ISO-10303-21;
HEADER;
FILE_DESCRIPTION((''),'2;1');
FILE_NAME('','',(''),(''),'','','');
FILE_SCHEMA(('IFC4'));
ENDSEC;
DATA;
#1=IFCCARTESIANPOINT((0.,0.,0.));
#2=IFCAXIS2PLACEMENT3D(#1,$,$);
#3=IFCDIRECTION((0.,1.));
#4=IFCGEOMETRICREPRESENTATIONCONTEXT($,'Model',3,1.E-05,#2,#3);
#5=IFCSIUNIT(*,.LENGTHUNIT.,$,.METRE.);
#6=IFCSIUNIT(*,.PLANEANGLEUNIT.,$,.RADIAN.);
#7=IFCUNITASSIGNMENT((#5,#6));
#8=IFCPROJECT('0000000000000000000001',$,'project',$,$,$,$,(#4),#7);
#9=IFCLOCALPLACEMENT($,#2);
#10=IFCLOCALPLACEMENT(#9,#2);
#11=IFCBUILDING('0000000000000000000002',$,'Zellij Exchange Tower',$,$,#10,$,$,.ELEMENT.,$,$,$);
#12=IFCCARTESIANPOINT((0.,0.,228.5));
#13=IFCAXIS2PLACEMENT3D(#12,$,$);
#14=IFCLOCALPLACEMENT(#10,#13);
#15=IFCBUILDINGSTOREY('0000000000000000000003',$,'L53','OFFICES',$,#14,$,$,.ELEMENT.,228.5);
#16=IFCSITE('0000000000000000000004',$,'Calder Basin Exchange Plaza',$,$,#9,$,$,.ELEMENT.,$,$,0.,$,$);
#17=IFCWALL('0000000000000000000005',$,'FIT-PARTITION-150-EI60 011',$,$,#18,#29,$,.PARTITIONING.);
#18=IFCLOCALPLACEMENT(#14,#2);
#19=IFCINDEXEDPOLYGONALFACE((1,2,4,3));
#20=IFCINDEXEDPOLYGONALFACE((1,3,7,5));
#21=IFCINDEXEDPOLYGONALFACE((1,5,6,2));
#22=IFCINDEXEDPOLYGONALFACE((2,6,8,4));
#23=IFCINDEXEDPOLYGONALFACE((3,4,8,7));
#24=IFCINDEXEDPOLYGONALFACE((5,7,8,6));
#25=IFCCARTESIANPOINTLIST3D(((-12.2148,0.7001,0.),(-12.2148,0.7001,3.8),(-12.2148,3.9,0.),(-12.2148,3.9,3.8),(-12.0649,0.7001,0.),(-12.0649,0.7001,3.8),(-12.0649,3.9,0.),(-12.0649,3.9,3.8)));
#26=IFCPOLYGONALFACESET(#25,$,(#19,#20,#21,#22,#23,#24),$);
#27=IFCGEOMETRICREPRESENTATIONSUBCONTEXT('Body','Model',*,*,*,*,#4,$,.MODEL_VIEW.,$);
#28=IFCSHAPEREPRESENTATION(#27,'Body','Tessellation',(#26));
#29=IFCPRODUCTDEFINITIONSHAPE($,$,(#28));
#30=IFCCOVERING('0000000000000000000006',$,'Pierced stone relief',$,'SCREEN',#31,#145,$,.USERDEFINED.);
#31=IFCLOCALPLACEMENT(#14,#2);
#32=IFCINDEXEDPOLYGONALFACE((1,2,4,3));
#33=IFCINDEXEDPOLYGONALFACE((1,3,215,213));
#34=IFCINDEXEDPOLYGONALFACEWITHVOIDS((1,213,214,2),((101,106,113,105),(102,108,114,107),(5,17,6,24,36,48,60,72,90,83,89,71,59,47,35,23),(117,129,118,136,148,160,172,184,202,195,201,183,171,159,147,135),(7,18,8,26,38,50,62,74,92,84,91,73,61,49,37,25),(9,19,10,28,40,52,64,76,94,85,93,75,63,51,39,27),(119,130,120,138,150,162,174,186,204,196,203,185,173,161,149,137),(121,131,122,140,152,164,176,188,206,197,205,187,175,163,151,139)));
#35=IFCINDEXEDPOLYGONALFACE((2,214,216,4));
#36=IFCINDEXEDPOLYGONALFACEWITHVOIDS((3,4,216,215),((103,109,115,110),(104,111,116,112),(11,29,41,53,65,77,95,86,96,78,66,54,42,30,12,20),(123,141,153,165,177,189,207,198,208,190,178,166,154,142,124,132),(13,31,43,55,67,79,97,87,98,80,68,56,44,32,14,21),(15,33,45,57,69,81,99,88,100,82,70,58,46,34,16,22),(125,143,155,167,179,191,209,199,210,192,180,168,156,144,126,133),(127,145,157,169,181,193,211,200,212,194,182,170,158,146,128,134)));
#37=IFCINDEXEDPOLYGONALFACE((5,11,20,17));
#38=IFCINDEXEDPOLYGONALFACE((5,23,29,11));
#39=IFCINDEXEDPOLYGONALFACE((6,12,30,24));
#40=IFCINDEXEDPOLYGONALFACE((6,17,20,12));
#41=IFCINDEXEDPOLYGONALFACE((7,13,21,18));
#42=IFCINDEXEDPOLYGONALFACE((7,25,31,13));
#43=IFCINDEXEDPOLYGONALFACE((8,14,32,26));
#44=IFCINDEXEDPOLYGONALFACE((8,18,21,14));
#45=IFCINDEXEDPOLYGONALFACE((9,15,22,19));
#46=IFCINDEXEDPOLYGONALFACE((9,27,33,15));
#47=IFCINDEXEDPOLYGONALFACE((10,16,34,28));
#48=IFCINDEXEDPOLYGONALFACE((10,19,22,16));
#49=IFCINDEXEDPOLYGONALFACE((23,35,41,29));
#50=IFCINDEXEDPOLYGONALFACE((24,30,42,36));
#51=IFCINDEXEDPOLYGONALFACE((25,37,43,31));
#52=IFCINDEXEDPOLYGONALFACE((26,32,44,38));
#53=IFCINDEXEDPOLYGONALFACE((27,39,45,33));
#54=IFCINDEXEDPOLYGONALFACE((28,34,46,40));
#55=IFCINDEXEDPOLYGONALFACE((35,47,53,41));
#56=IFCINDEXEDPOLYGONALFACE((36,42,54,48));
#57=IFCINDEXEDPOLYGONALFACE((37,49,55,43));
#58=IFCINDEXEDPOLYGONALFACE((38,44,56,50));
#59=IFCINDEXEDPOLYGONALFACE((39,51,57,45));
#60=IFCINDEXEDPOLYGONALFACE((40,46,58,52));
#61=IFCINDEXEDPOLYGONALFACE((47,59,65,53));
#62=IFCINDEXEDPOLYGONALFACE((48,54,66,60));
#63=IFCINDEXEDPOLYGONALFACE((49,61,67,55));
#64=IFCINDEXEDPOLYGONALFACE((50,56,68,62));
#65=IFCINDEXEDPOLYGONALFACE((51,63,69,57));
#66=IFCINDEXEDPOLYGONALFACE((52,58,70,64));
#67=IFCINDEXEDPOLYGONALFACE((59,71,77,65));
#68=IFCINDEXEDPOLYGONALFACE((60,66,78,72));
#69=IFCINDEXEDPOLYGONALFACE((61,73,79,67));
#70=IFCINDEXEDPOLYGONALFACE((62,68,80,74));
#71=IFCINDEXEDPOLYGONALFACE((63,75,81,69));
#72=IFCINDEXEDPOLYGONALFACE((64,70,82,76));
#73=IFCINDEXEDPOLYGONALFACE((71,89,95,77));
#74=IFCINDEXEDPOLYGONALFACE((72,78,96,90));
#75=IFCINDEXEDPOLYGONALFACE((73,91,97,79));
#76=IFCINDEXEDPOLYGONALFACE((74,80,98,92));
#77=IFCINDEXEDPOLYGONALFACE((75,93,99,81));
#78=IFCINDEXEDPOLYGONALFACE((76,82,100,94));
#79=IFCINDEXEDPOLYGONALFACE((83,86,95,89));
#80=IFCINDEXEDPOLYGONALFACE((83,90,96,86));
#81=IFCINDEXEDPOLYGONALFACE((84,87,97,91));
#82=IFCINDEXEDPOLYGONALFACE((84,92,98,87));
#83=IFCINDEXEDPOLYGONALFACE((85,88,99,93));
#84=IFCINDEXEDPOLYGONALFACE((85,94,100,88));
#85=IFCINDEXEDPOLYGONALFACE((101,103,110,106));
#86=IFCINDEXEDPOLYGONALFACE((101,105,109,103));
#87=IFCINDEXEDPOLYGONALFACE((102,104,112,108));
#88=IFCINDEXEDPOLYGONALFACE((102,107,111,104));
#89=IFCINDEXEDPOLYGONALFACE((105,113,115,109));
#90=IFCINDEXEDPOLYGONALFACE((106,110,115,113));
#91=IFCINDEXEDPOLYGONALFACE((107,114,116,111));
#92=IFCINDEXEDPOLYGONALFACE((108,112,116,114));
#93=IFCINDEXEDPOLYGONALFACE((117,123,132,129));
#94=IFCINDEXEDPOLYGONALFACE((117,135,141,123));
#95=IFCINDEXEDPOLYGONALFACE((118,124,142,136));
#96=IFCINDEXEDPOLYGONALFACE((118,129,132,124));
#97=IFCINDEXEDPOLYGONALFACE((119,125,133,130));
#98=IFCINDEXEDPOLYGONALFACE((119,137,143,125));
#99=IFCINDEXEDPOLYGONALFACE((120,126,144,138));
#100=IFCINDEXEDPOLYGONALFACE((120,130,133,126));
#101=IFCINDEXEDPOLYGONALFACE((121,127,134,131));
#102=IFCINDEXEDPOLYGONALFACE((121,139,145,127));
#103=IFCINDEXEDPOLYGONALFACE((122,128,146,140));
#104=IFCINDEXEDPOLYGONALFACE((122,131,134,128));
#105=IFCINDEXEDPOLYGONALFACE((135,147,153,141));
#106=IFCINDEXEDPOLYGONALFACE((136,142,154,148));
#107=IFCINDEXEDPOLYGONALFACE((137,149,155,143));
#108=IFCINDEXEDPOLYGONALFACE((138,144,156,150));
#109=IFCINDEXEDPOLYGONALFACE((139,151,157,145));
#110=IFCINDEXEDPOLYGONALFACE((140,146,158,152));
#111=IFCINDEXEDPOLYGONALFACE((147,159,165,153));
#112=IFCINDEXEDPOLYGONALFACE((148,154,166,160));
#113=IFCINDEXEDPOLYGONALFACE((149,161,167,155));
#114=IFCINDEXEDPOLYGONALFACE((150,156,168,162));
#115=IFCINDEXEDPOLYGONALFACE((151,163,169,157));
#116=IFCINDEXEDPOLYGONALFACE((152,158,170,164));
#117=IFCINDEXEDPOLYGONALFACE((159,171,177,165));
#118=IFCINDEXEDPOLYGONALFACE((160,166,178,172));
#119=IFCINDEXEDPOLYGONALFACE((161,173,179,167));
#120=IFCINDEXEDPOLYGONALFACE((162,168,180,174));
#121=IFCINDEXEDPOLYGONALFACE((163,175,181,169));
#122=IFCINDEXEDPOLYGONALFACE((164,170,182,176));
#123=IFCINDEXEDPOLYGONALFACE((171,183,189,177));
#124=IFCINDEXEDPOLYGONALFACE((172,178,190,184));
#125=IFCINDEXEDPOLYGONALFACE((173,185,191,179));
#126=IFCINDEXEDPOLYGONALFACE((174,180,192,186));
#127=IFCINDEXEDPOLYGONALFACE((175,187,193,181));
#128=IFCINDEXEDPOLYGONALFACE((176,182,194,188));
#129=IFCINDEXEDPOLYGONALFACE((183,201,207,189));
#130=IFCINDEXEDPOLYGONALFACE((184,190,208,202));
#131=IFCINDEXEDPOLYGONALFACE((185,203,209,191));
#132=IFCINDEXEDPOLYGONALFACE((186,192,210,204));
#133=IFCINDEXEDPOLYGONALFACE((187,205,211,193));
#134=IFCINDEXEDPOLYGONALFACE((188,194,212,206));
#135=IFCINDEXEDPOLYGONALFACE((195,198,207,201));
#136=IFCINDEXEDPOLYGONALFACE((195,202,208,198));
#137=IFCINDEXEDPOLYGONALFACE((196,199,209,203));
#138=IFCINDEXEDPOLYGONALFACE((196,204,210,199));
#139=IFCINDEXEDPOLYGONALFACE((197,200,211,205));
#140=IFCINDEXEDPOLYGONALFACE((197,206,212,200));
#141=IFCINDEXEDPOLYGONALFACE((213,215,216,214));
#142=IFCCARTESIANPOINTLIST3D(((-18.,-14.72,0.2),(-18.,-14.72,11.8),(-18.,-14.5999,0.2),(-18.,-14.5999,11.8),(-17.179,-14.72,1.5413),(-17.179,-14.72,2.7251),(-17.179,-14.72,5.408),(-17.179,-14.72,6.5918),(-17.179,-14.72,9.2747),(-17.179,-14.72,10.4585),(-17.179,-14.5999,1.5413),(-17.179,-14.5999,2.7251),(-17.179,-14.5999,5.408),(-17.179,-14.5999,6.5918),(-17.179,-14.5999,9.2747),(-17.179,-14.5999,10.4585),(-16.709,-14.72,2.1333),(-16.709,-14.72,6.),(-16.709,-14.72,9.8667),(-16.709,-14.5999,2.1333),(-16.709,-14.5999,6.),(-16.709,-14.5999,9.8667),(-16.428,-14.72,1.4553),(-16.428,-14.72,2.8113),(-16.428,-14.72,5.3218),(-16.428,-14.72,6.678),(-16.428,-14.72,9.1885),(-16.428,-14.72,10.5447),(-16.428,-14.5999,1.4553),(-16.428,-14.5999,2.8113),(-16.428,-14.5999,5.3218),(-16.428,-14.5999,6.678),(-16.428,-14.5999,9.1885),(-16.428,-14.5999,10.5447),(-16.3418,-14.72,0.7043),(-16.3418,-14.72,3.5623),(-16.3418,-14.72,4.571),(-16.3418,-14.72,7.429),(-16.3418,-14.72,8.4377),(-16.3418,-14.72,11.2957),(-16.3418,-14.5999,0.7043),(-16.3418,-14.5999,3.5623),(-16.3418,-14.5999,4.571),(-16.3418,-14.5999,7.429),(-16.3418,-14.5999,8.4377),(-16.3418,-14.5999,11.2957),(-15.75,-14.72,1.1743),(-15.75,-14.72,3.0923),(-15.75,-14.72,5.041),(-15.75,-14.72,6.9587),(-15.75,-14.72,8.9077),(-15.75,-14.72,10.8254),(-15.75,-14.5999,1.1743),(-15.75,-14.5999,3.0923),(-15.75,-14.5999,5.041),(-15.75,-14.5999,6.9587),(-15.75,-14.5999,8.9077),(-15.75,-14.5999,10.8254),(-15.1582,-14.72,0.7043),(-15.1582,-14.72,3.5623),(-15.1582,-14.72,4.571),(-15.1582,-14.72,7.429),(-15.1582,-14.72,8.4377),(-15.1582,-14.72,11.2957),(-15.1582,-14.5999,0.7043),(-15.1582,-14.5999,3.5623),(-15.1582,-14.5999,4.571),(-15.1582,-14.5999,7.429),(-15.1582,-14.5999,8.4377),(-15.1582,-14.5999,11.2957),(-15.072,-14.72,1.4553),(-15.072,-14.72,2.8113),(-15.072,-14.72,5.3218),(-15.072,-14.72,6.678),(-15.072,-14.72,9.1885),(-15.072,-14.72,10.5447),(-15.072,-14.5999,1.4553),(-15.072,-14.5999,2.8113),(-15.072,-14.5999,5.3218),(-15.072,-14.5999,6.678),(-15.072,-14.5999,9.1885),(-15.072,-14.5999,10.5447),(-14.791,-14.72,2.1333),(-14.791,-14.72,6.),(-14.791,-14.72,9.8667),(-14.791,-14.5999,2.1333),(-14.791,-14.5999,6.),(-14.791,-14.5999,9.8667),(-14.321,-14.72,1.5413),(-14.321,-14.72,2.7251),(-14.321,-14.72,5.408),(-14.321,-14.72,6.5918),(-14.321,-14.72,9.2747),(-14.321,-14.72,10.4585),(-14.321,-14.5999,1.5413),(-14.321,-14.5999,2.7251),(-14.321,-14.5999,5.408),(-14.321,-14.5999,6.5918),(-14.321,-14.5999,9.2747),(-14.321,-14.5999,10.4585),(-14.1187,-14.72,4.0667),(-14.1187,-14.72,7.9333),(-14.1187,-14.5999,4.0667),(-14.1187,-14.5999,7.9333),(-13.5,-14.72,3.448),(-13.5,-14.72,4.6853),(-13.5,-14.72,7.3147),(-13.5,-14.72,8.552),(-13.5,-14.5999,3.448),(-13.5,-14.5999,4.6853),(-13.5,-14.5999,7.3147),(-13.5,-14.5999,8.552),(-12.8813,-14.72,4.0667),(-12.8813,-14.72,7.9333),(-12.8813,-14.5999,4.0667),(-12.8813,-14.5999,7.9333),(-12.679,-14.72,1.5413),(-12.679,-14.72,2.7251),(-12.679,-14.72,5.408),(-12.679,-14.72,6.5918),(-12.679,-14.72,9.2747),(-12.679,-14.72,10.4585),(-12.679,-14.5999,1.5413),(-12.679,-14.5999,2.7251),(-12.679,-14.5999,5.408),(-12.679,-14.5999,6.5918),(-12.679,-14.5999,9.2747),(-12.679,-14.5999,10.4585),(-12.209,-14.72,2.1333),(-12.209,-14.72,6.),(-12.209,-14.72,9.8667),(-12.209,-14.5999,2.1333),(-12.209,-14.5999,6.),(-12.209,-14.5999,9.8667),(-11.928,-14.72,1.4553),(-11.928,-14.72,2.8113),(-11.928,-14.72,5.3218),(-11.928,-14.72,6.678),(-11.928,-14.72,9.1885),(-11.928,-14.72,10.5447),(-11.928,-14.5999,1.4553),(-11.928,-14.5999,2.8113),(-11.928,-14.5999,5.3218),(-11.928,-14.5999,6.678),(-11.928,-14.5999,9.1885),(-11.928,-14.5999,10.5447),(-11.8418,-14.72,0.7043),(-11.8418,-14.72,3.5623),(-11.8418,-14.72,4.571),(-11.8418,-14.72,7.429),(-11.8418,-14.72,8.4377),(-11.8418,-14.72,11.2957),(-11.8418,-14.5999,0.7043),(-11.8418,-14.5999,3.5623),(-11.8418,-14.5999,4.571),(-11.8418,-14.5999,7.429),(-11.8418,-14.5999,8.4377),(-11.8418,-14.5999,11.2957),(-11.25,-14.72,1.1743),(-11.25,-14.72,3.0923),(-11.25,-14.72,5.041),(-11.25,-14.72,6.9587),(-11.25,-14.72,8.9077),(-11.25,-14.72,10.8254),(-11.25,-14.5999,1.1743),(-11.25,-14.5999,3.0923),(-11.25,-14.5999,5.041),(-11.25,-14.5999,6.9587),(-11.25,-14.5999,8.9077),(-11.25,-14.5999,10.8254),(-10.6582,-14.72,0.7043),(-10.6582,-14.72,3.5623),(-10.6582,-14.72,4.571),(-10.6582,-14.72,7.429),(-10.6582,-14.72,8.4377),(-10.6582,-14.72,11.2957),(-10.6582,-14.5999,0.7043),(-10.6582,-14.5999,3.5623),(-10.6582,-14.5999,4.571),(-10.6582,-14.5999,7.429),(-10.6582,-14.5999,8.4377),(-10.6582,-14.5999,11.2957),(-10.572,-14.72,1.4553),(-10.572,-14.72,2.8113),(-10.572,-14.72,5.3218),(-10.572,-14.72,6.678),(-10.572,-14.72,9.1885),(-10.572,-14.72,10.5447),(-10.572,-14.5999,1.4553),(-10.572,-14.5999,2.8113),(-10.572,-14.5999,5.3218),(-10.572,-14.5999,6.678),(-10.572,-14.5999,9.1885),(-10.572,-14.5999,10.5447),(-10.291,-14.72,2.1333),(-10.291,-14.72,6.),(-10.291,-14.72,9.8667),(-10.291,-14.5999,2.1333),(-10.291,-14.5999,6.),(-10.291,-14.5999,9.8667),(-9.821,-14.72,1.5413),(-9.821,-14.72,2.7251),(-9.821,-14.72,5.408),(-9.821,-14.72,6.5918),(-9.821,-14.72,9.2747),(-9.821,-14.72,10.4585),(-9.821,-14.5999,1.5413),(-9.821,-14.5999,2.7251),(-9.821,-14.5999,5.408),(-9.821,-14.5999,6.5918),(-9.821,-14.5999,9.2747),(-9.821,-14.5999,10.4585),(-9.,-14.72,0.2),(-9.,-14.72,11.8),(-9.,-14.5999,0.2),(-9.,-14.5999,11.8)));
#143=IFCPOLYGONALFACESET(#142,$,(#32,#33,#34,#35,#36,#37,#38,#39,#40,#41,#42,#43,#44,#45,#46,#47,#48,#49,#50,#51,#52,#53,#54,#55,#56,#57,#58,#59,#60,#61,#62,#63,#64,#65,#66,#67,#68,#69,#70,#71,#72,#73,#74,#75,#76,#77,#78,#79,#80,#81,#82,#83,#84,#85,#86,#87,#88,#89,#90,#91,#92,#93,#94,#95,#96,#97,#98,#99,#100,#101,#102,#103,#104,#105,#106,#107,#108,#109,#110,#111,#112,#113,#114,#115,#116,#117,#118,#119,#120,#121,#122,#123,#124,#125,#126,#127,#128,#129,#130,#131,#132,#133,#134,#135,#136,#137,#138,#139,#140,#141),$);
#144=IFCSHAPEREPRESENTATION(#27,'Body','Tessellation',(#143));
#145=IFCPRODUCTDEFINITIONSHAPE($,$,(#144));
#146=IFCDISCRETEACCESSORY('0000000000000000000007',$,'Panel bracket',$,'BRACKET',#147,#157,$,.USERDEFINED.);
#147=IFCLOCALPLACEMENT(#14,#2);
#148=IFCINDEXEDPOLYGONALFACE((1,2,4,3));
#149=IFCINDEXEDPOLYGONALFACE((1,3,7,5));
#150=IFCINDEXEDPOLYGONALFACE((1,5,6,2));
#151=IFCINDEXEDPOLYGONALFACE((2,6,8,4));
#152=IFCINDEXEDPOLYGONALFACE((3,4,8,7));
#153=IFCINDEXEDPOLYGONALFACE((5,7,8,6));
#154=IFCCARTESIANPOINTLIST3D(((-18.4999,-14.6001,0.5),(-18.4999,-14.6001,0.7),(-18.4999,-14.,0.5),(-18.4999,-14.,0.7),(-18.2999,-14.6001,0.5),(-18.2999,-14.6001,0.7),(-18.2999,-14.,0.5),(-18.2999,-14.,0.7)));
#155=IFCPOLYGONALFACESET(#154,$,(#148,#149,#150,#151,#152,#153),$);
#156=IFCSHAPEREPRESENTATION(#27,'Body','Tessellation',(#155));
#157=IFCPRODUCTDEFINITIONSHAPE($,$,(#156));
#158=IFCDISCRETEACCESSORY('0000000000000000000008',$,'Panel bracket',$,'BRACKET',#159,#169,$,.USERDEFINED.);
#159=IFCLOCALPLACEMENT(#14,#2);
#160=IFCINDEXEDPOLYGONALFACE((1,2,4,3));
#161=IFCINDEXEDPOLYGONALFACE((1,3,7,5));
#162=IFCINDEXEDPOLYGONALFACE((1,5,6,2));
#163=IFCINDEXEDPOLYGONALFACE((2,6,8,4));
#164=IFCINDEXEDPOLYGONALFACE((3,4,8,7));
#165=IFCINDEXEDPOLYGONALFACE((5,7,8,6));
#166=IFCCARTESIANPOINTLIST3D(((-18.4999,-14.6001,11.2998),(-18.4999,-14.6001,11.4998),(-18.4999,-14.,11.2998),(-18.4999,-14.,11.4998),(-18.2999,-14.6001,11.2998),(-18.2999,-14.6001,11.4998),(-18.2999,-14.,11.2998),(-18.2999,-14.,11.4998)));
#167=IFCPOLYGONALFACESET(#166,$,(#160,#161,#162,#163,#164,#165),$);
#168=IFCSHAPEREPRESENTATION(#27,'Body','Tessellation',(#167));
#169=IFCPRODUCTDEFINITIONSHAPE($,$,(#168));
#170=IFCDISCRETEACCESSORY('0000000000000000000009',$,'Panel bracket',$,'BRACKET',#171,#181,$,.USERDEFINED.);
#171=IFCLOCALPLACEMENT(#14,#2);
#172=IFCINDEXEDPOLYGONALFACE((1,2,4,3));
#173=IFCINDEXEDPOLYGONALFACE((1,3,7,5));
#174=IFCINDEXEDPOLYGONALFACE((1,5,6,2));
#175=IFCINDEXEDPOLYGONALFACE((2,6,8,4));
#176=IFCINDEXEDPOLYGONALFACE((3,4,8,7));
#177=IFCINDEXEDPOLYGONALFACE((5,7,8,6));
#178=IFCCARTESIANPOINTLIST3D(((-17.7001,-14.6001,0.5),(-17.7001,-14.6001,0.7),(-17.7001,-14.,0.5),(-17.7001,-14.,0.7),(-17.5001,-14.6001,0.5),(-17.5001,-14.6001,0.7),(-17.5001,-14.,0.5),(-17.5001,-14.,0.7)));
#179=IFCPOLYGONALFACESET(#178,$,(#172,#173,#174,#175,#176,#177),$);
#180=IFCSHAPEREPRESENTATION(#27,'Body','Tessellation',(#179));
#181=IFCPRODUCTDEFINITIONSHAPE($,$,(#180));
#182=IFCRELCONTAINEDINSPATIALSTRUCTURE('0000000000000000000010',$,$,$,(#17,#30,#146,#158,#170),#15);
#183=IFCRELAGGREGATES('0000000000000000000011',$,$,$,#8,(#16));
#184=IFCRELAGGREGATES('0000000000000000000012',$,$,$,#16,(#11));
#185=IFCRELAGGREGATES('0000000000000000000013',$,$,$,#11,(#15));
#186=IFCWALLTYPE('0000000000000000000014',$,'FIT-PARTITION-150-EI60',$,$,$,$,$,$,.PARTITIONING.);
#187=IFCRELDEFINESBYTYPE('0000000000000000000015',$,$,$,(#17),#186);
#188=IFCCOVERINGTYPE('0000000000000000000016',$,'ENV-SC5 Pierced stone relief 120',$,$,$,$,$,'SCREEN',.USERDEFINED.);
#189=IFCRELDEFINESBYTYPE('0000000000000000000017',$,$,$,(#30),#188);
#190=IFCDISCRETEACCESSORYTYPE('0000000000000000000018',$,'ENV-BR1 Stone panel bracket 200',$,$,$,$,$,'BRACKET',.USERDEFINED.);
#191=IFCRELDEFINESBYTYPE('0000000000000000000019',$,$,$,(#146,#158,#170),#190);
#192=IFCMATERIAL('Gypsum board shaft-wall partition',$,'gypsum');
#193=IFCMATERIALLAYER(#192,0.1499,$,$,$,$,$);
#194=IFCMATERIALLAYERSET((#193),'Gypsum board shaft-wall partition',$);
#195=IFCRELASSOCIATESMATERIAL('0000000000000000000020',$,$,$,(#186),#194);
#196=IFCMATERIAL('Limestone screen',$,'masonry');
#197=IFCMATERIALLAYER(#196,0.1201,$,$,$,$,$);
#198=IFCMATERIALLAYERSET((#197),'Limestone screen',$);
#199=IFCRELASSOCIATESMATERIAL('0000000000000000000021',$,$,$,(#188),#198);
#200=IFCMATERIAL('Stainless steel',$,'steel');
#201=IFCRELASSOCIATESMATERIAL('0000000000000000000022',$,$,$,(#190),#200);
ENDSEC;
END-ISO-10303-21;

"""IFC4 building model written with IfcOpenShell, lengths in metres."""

from ifc_helpers import new_model, si_unit, direction, frame, frame_2d, origin, origin_2d, place, context, subcontext, project, spatial, polyline, rectangle, outline, extrude, material, layer, layer_set, type_object, element, save


model = new_model("IFC4")

# Units and contexts
model_context = context("Model", 3, precision=1e-05, world=origin(), true_north=direction((0.0, 1.0)))
body_context = subcontext(model_context, "Body", "Model", "MODEL_VIEW")
ifc_project = project(units=[si_unit("LENGTHUNIT", "METRE"), si_unit("PLANEANGLEUNIT", "RADIAN")], contexts=[model_context])

# Site, building, storey
site_placement = place(None, origin())
site = spatial("IfcSite", under=ifc_project, at=site_placement, Name="Calder Basin Exchange Plaza", CompositionType="ELEMENT", RefElevation=0.0)
building_placement = place(site_placement, origin())
building = spatial("IfcBuilding", under=site, at=building_placement, Name="Zellij Exchange Tower", CompositionType="ELEMENT")
storey_placement = place(building_placement, frame((0.0, 0.0, 228.5)))
storey = spatial("IfcBuildingStorey", under=building, at=storey_placement, Name="L53", Description="OFFICES", CompositionType="ELEMENT", Elevation=228.5)

# Wall
ifc_material_1 = material(Name="Gypsum board shaft-wall partition", Category="gypsum")
ifc_layer_1 = layer(ifc_material_1, 0.1499)
ifc_layer_set_1 = layer_set([ifc_layer_1], Name="Gypsum board shaft-wall partition")
wall_type_1 = type_object("IfcWallType", Name="FIT-PARTITION-150-EI60", PredefinedType="PARTITIONING", material=ifc_layer_set_1)
wall_1_placement = place(storey_placement, frame((-12.1399, 0.7, 0.0), z_axis=(0.0, 0.0, 1.0), x_axis=(0.0, 1.0, 0.0)))
element("IfcWall", 1, at=wall_1_placement, inside=storey, type_object=wall_type_1, Name="FIT-PARTITION-150-EI60 011", PredefinedType="PARTITIONING", context=body_context, shape_type="SweptSolid", body=[
    extrude(rectangle(XDim=3.2, YDim=0.1499, at=frame_2d((1.6001, 0.0))), origin(), (0.0, 0.0, 1.0), 3.8),
])

# Shared definitions
ifc_material_2 = material(Name="Stainless steel", Category="steel")

# Covering
ifc_material_3 = material(Name="Limestone screen", Category="masonry")
ifc_layer_2 = layer(ifc_material_3, 0.1201)
ifc_layer_set_2 = layer_set([ifc_layer_2], Name="Limestone screen")
covering_type = type_object("IfcCoveringType", Name="ENV-SC5 Pierced stone relief 120", ElementType="SCREEN", PredefinedType="USERDEFINED", material=ifc_layer_set_2)
covering_placement = place(storey_placement, frame((-18.0, -14.6599, 0.2), z_axis=(0.0, 0.0, 1.0), x_axis=(1.0, 0.0, 0.0)))
element("IfcCovering", 2, at=covering_placement, inside=storey, type_object=covering_type, Name="Pierced stone relief", ObjectType="SCREEN", PredefinedType="USERDEFINED", context=body_context, shape_type="SweptSolid", body=[
    extrude(outline(polyline([(0.0, 0.0), (9.0, 0.0), (9.0, 11.6001), (0.0, 11.6001), (0.0, 0.0)]), holes=[polyline([(3.679, 2.5251), (2.928, 2.6113), (2.8418, 3.3623), (2.25, 2.8923), (1.6582, 3.3623), (1.572, 2.6113), (0.821, 2.5251), (1.291, 1.9333), (0.821, 1.3413), (1.572, 1.2554), (1.6582, 0.5044), (2.25, 0.9744), (2.8418, 0.5044), (2.928, 1.2554), (3.679, 1.3413), (3.209, 1.9333), (3.679, 2.5251)]), polyline([(3.679, 6.3918), (2.928, 6.478), (2.8418, 7.229), (2.25, 6.7588), (1.6582, 7.229), (1.572, 6.478), (0.821, 6.3918), (1.291, 5.8), (0.821, 5.208), (1.572, 5.1218), (1.6582, 4.3711), (2.25, 4.8411), (2.8418, 4.3711), (2.928, 5.1218), (3.679, 5.208), (3.209, 5.8), (3.679, 6.3918)]), polyline([(3.679, 10.2585), (2.928, 10.3447), (2.8418, 11.0957), (2.25, 10.6255), (1.6582, 11.0957), (1.572, 10.3447), (0.821, 10.2585), (1.291, 9.6667), (0.821, 9.0747), (1.572, 8.9885), (1.6582, 8.2378), (2.25, 8.7078), (2.8418, 8.2378), (2.928, 8.9885), (3.679, 9.0747), (3.209, 9.6667), (3.679, 10.2585)]), polyline([(8.179, 2.5251), (7.428, 2.6113), (7.3418, 3.3623), (6.75, 2.8923), (6.1582, 3.3623), (6.072, 2.6113), (5.321, 2.5251), (5.791, 1.9333), (5.321, 1.3413), (6.072, 1.2554), (6.1582, 0.5044), (6.75, 0.9744), (7.3418, 0.5044), (7.428, 1.2554), (8.179, 1.3413), (7.709, 1.9333), (8.179, 2.5251)]), polyline([(8.179, 6.3918), (7.428, 6.478), (7.3418, 7.229), (6.75, 6.7588), (6.1582, 7.229), (6.072, 6.478), (5.321, 6.3918), (5.791, 5.8), (5.321, 5.208), (6.072, 5.1218), (6.1582, 4.3711), (6.75, 4.8411), (7.3418, 4.3711), (7.428, 5.1218), (8.179, 5.208), (7.709, 5.8), (8.179, 6.3918)]), polyline([(8.179, 10.2585), (7.428, 10.3447), (7.3418, 11.0957), (6.75, 10.6255), (6.1582, 11.0957), (6.072, 10.3447), (5.321, 10.2585), (5.791, 9.6667), (5.321, 9.0747), (6.072, 8.9885), (6.1582, 8.2378), (6.75, 8.7078), (7.3418, 8.2378), (7.428, 8.9885), (8.179, 9.0747), (7.709, 9.6667), (8.179, 10.2585)]), polyline([(5.1187, 3.8667), (4.5, 4.4854), (3.8813, 3.8667), (4.5, 3.248), (5.1187, 3.8667)]), polyline([(5.1187, 7.7334), (4.5, 8.3521), (3.8813, 7.7334), (4.5, 7.1147), (5.1187, 7.7334)])]), frame((0.0, 0.0601, 0.0), z_axis=(0.0, -1.0, 0.0), x_axis=(1.0, 0.0, 0.0)), (0.0, 0.0, 1.0), 0.1201),
])

# Discrete accessories
discrete_accessory_type = type_object("IfcDiscreteAccessoryType", Name="ENV-BR1 Stone panel bracket 200", ElementType="BRACKET", PredefinedType="USERDEFINED", material=ifc_material_2)
for number, where, z_axis, x_axis, name in (
    (3, (-18.3999, -14.3, 0.5), (0.0, 0.0, 1.0), (1.0, 0.0, 0.0), "Panel bracket"),
    (4, (-18.3999, -14.3, 11.2998), (0.0, 0.0, 1.0), (1.0, 0.0, 0.0), "Panel bracket"),
    (5, (-17.6001, -14.3, 0.5), (0.0, 0.0, 1.0), (1.0, 0.0, 0.0), "Panel bracket"),
):
    element("IfcDiscreteAccessory", number, at=place(storey_placement, frame(where, z_axis=z_axis, x_axis=x_axis)), inside=storey, type_object=discrete_accessory_type, Name=name, ObjectType="BRACKET", PredefinedType="USERDEFINED", context=body_context, shape_type="SweptSolid", body=[
        extrude(rectangle(XDim=0.2, YDim=0.6001, at=origin_2d()), origin(), (0.0, 0.0, 1.0), 0.2),
    ])

save(model, "model.ifc")
